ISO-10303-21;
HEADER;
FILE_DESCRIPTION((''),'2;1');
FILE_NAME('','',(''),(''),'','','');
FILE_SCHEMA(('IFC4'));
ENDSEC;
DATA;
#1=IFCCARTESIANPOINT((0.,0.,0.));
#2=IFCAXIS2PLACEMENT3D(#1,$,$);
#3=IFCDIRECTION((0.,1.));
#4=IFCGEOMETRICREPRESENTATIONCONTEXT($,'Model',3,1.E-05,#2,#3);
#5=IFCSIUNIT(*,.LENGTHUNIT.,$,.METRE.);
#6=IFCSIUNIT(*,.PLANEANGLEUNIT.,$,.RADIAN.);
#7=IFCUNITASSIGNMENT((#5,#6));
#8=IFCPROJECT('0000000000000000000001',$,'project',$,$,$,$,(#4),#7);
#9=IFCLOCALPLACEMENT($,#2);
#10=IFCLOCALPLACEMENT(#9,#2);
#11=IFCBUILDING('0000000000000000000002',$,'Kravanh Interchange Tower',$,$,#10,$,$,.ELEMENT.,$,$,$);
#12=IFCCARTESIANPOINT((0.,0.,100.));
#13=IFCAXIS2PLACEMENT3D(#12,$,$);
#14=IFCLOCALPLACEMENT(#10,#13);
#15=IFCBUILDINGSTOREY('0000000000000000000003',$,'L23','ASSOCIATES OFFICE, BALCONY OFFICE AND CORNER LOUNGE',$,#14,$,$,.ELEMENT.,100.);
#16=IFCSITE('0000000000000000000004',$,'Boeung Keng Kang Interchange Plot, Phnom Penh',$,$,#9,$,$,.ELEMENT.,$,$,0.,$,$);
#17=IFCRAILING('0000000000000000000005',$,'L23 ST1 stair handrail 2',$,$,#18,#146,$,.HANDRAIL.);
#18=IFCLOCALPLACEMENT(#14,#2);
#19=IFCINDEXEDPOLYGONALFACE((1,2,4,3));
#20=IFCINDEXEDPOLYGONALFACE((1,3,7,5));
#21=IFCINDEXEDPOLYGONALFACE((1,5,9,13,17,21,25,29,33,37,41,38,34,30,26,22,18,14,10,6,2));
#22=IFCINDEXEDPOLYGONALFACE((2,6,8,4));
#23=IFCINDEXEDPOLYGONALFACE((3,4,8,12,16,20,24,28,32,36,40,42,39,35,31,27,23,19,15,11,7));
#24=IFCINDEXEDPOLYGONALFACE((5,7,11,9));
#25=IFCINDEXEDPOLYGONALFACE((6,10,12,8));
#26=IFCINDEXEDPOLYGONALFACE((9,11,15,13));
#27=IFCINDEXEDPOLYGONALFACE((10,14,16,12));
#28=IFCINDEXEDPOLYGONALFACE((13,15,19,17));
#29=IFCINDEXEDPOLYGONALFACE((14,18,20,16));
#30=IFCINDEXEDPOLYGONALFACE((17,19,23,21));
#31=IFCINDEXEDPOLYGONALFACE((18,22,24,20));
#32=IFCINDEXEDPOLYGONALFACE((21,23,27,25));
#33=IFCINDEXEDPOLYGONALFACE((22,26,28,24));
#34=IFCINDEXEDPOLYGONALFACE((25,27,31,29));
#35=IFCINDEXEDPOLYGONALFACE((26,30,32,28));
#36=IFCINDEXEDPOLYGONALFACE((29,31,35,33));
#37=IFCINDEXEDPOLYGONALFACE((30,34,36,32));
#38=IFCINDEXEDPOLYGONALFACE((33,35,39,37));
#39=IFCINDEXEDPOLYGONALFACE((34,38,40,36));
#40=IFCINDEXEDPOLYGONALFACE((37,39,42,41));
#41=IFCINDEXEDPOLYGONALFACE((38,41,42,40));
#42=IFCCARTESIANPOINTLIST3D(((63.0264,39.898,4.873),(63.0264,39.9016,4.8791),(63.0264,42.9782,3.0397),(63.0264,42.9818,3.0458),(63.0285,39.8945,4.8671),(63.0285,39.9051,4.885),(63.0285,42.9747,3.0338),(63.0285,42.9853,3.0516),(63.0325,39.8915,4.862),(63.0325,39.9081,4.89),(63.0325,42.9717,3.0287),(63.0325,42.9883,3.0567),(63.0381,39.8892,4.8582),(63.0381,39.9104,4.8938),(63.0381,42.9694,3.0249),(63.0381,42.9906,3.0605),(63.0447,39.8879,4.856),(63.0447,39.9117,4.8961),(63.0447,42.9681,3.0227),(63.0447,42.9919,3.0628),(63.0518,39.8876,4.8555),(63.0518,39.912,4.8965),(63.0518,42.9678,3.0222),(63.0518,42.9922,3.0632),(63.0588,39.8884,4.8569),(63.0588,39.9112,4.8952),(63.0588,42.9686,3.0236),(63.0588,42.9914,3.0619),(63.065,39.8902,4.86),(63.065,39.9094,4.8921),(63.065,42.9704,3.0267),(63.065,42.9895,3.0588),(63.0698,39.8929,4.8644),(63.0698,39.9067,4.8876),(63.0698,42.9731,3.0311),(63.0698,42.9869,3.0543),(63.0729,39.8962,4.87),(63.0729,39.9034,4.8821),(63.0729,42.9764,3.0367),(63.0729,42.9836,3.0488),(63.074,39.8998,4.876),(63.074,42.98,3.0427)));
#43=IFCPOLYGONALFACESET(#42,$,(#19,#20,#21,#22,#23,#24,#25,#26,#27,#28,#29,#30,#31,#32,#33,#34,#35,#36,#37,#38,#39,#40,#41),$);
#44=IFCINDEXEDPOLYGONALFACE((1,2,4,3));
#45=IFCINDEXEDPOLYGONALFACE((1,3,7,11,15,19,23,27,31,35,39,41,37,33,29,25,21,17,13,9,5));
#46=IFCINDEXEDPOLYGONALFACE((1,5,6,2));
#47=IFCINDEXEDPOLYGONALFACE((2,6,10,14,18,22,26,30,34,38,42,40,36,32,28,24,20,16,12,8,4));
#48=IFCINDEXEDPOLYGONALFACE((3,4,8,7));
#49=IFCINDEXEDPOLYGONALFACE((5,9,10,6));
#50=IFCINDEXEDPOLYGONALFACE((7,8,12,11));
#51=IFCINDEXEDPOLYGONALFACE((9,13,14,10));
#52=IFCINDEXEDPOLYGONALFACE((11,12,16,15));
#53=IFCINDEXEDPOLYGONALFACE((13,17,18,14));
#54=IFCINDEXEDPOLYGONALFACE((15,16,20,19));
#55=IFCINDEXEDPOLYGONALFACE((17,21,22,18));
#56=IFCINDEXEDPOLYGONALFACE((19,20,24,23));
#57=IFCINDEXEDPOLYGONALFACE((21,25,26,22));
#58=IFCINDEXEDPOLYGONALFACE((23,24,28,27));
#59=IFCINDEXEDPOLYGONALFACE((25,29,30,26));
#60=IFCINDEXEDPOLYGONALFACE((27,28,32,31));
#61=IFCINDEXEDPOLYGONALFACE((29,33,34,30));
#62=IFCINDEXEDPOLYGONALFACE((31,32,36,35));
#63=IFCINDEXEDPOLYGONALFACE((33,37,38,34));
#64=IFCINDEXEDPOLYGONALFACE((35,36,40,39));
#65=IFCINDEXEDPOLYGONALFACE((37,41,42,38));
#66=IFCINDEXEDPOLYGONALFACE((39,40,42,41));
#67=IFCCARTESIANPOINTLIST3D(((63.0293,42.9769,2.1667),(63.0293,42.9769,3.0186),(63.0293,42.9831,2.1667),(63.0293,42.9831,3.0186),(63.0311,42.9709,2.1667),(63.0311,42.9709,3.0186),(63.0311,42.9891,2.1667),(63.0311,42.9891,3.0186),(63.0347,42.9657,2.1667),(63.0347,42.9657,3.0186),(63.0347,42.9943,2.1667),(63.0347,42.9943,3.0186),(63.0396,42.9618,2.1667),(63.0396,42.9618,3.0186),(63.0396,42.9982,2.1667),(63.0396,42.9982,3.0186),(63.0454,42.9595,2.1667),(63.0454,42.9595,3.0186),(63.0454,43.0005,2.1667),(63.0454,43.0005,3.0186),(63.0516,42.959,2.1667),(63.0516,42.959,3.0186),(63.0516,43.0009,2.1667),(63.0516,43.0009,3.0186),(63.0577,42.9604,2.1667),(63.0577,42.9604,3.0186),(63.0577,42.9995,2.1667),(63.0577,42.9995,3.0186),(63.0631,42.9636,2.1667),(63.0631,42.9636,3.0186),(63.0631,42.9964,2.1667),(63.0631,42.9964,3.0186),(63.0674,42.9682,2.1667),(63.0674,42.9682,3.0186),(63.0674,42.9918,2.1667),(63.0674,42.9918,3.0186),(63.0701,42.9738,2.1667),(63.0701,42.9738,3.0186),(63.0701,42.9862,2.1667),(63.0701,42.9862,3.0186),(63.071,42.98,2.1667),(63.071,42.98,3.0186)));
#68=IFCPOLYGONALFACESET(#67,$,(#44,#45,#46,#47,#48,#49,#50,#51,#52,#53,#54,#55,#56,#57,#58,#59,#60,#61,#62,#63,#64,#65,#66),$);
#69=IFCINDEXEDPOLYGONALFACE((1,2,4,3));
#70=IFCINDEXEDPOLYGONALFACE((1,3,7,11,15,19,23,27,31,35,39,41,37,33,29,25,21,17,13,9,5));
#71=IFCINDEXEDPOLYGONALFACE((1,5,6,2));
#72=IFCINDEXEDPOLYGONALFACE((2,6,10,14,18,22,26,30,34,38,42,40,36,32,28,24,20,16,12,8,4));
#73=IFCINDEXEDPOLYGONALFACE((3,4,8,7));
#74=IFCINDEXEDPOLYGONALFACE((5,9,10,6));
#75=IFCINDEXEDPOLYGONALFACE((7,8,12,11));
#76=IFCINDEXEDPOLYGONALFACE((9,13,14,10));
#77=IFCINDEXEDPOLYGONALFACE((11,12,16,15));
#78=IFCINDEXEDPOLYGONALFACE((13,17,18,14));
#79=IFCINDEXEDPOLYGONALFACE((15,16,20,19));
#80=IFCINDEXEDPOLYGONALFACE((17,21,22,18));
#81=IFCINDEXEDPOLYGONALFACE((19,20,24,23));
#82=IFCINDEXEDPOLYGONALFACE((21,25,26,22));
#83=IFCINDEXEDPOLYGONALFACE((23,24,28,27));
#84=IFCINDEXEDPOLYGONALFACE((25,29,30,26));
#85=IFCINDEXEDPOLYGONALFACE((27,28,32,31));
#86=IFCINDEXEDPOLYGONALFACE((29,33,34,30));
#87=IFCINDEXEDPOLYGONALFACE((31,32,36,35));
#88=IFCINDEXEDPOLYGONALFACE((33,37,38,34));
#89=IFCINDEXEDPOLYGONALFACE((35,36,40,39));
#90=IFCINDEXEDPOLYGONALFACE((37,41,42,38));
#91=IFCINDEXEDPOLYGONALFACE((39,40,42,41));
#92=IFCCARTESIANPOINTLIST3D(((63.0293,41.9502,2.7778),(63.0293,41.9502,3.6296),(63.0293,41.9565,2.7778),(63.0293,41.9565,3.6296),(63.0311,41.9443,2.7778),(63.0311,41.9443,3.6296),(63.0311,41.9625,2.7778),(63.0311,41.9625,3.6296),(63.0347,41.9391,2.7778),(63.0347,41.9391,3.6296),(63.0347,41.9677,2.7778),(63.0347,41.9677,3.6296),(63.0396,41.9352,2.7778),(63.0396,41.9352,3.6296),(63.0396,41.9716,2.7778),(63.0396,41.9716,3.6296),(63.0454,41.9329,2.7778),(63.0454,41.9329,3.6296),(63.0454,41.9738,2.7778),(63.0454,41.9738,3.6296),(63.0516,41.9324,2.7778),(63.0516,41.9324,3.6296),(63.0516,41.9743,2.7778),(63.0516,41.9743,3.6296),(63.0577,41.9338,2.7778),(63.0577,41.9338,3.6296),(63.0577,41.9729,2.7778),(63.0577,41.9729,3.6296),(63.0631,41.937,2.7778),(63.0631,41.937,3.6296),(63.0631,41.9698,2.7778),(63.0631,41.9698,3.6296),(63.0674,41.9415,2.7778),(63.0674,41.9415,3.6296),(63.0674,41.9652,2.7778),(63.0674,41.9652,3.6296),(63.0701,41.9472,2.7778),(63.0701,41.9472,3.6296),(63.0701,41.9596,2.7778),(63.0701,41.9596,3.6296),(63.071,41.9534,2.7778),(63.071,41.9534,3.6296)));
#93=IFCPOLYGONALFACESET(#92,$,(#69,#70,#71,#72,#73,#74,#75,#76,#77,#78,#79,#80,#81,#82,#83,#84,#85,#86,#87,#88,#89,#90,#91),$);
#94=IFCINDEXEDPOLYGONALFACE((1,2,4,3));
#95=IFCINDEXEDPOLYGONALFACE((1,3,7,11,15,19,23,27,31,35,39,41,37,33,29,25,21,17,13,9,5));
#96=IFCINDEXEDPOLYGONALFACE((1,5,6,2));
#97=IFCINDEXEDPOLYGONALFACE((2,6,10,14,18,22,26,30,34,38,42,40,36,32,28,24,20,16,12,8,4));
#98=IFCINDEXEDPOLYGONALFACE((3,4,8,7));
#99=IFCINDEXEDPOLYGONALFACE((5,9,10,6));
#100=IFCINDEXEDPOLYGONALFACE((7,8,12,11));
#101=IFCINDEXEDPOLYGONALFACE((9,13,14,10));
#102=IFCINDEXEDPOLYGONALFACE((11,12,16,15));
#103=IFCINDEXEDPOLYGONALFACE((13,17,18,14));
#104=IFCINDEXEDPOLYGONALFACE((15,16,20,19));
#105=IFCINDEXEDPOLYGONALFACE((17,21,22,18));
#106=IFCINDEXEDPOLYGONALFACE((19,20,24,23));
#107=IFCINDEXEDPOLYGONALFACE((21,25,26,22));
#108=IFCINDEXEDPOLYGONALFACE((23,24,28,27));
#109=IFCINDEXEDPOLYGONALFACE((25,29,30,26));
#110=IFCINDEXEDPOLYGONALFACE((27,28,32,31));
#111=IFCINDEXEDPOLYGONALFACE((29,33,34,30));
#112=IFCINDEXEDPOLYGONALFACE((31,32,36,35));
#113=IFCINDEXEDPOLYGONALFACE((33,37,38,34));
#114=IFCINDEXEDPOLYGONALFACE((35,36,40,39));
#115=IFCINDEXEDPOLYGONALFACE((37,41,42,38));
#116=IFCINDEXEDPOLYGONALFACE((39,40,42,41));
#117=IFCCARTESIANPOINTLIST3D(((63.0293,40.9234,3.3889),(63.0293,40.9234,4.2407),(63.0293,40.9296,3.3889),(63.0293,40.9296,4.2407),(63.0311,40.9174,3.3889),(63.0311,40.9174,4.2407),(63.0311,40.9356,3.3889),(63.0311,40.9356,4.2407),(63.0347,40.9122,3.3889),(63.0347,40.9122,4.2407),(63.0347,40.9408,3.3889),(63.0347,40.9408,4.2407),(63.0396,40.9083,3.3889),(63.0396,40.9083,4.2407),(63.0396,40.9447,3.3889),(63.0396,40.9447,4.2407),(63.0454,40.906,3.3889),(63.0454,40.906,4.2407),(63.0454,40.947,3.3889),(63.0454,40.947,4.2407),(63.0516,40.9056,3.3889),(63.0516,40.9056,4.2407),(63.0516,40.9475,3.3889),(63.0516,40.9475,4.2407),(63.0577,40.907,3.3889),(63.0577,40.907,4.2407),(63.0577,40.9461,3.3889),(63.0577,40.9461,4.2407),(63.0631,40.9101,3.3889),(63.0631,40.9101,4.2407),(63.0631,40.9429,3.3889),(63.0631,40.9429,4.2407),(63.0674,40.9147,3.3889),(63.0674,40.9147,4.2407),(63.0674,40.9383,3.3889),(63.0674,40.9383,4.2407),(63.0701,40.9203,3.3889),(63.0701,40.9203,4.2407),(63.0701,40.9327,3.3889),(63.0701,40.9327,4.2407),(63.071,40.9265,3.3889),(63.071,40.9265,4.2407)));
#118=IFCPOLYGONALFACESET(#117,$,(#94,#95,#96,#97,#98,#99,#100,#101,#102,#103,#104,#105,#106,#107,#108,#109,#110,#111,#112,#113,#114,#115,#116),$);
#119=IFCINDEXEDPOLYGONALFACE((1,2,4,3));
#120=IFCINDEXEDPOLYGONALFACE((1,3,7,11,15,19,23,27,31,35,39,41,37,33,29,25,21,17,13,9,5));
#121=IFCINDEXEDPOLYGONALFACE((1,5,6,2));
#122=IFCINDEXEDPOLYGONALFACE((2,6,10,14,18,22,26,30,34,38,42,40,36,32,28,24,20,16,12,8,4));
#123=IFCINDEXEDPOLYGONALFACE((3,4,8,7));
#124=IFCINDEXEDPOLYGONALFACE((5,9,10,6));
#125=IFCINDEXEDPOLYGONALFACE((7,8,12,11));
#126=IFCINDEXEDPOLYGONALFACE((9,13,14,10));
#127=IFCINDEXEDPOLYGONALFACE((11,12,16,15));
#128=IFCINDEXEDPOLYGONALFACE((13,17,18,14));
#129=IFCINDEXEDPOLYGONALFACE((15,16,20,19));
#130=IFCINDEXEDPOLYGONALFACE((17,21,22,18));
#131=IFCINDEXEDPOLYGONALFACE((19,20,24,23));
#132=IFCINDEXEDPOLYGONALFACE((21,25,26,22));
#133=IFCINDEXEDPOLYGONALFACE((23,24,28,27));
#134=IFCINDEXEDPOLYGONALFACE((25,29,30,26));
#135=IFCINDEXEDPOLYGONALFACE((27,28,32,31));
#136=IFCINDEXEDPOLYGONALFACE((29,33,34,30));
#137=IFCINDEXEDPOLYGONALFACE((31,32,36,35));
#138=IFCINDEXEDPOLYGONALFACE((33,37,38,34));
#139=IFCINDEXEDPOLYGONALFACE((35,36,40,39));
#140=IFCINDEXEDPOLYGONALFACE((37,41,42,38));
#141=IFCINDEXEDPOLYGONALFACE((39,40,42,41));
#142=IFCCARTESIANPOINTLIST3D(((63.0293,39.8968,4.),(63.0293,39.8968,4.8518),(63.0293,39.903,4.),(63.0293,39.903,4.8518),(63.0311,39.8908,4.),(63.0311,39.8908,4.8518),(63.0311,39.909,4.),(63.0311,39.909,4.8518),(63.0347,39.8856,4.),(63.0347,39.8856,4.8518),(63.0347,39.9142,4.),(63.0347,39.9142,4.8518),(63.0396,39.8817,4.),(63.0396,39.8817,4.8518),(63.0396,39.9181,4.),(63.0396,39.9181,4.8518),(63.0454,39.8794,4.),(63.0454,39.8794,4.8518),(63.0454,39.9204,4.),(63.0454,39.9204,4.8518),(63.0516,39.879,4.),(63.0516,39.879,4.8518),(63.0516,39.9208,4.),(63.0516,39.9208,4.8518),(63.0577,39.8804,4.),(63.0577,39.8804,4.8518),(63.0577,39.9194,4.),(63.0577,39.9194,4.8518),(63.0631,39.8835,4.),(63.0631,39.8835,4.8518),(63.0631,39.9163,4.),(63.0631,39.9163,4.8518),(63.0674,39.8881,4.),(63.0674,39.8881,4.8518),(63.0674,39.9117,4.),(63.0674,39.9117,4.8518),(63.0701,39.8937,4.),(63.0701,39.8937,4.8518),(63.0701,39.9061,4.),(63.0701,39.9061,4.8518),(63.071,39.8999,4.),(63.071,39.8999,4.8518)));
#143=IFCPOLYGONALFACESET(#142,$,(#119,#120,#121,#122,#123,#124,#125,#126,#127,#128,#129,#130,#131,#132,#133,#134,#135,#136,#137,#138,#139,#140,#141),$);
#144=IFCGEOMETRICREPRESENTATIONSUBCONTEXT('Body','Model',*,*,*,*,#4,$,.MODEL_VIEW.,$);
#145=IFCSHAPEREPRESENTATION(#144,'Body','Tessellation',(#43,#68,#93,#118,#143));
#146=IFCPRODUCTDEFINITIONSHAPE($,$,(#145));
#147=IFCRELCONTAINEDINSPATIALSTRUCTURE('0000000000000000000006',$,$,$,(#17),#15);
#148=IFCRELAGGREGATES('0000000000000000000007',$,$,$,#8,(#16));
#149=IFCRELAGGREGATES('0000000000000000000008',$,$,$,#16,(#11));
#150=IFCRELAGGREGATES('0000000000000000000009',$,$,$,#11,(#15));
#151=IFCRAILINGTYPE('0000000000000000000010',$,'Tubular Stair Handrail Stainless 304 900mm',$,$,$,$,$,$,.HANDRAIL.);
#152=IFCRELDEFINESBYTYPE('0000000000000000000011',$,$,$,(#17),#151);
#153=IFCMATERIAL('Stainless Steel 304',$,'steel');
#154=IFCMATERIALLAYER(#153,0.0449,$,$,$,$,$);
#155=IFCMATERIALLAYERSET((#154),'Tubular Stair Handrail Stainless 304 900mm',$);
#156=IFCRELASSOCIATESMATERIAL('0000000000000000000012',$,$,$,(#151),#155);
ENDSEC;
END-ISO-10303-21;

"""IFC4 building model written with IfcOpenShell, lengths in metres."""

from ifc_helpers import new_model, si_unit, direction, frame, origin, origin_2d, place, context, subcontext, project, spatial, circle, extrude, material, layer, layer_set, type_object, element, save


model = new_model("IFC4")

# Units and contexts
model_context = context("Model", 3, precision=1e-05, world=origin(), true_north=direction((0.0, 1.0)))
body_context = subcontext(model_context, "Body", "Model", "MODEL_VIEW")
ifc_project = project(units=[si_unit("LENGTHUNIT", "METRE"), si_unit("PLANEANGLEUNIT", "RADIAN")], contexts=[model_context])

# Site, building, storey
site_placement = place(None, origin())
site = spatial("IfcSite", under=ifc_project, at=site_placement, Name="Boeung Keng Kang Interchange Plot, Phnom Penh", CompositionType="ELEMENT", RefElevation=0.0)
building_placement = place(site_placement, origin())
building = spatial("IfcBuilding", under=site, at=building_placement, Name="Kravanh Interchange Tower", CompositionType="ELEMENT")
storey_placement = place(building_placement, frame((0.0, 0.0, 100.0)))
storey = spatial("IfcBuildingStorey", under=building, at=storey_placement, Name="L23", Description="ASSOCIATES OFFICE, BALCONY OFFICE AND CORNER LOUNGE", CompositionType="ELEMENT", Elevation=100.0)

# Railing
ifc_material_1 = material(Name="Stainless Steel 304", Category="steel")
ifc_layer_1 = layer(ifc_material_1, 0.0449)
ifc_layer_set_1 = layer_set([ifc_layer_1], Name="Tubular Stair Handrail Stainless 304 900mm")
railing_type_1 = type_object("IfcRailingType", Name="Tubular Stair Handrail Stainless 304 900mm", PredefinedType="HANDRAIL", material=ifc_layer_set_1)
railing_1_placement = place(storey_placement, frame((63.05, 42.98, 2.1667)))
element("IfcRailing", 1, at=railing_1_placement, inside=storey, type_object=railing_type_1, Name="L23 ST1 stair handrail 2", PredefinedType="HANDRAIL", context=body_context, shape_type="SweptSolid", body=[
    extrude(circle(Radius=0.0239, at=origin_2d()), frame((0.0, 0.0, 0.876), z_axis=(0.0, -0.859309, 0.511458), x_axis=(1.0, 0.0, 0.0)), (0.0, 0.0, 1.0), 3.5845),
    extrude(circle(Radius=0.021, at=origin_2d()), origin(), (0.0, 0.0, 1.0), 0.8518),
    extrude(circle(Radius=0.021, at=origin_2d()), frame((0.0, -1.0266, 0.6111)), (0.0, 0.0, 1.0), 0.8518),
    extrude(circle(Radius=0.021, at=origin_2d()), frame((0.0, -2.0535, 1.2222)), (0.0, 0.0, 1.0), 0.8518),
    extrude(circle(Radius=0.021, at=origin_2d()), frame((0.0, -3.0801, 1.8333)), (0.0, 0.0, 1.0), 0.8518),
])

save(model, "model.ifc")
